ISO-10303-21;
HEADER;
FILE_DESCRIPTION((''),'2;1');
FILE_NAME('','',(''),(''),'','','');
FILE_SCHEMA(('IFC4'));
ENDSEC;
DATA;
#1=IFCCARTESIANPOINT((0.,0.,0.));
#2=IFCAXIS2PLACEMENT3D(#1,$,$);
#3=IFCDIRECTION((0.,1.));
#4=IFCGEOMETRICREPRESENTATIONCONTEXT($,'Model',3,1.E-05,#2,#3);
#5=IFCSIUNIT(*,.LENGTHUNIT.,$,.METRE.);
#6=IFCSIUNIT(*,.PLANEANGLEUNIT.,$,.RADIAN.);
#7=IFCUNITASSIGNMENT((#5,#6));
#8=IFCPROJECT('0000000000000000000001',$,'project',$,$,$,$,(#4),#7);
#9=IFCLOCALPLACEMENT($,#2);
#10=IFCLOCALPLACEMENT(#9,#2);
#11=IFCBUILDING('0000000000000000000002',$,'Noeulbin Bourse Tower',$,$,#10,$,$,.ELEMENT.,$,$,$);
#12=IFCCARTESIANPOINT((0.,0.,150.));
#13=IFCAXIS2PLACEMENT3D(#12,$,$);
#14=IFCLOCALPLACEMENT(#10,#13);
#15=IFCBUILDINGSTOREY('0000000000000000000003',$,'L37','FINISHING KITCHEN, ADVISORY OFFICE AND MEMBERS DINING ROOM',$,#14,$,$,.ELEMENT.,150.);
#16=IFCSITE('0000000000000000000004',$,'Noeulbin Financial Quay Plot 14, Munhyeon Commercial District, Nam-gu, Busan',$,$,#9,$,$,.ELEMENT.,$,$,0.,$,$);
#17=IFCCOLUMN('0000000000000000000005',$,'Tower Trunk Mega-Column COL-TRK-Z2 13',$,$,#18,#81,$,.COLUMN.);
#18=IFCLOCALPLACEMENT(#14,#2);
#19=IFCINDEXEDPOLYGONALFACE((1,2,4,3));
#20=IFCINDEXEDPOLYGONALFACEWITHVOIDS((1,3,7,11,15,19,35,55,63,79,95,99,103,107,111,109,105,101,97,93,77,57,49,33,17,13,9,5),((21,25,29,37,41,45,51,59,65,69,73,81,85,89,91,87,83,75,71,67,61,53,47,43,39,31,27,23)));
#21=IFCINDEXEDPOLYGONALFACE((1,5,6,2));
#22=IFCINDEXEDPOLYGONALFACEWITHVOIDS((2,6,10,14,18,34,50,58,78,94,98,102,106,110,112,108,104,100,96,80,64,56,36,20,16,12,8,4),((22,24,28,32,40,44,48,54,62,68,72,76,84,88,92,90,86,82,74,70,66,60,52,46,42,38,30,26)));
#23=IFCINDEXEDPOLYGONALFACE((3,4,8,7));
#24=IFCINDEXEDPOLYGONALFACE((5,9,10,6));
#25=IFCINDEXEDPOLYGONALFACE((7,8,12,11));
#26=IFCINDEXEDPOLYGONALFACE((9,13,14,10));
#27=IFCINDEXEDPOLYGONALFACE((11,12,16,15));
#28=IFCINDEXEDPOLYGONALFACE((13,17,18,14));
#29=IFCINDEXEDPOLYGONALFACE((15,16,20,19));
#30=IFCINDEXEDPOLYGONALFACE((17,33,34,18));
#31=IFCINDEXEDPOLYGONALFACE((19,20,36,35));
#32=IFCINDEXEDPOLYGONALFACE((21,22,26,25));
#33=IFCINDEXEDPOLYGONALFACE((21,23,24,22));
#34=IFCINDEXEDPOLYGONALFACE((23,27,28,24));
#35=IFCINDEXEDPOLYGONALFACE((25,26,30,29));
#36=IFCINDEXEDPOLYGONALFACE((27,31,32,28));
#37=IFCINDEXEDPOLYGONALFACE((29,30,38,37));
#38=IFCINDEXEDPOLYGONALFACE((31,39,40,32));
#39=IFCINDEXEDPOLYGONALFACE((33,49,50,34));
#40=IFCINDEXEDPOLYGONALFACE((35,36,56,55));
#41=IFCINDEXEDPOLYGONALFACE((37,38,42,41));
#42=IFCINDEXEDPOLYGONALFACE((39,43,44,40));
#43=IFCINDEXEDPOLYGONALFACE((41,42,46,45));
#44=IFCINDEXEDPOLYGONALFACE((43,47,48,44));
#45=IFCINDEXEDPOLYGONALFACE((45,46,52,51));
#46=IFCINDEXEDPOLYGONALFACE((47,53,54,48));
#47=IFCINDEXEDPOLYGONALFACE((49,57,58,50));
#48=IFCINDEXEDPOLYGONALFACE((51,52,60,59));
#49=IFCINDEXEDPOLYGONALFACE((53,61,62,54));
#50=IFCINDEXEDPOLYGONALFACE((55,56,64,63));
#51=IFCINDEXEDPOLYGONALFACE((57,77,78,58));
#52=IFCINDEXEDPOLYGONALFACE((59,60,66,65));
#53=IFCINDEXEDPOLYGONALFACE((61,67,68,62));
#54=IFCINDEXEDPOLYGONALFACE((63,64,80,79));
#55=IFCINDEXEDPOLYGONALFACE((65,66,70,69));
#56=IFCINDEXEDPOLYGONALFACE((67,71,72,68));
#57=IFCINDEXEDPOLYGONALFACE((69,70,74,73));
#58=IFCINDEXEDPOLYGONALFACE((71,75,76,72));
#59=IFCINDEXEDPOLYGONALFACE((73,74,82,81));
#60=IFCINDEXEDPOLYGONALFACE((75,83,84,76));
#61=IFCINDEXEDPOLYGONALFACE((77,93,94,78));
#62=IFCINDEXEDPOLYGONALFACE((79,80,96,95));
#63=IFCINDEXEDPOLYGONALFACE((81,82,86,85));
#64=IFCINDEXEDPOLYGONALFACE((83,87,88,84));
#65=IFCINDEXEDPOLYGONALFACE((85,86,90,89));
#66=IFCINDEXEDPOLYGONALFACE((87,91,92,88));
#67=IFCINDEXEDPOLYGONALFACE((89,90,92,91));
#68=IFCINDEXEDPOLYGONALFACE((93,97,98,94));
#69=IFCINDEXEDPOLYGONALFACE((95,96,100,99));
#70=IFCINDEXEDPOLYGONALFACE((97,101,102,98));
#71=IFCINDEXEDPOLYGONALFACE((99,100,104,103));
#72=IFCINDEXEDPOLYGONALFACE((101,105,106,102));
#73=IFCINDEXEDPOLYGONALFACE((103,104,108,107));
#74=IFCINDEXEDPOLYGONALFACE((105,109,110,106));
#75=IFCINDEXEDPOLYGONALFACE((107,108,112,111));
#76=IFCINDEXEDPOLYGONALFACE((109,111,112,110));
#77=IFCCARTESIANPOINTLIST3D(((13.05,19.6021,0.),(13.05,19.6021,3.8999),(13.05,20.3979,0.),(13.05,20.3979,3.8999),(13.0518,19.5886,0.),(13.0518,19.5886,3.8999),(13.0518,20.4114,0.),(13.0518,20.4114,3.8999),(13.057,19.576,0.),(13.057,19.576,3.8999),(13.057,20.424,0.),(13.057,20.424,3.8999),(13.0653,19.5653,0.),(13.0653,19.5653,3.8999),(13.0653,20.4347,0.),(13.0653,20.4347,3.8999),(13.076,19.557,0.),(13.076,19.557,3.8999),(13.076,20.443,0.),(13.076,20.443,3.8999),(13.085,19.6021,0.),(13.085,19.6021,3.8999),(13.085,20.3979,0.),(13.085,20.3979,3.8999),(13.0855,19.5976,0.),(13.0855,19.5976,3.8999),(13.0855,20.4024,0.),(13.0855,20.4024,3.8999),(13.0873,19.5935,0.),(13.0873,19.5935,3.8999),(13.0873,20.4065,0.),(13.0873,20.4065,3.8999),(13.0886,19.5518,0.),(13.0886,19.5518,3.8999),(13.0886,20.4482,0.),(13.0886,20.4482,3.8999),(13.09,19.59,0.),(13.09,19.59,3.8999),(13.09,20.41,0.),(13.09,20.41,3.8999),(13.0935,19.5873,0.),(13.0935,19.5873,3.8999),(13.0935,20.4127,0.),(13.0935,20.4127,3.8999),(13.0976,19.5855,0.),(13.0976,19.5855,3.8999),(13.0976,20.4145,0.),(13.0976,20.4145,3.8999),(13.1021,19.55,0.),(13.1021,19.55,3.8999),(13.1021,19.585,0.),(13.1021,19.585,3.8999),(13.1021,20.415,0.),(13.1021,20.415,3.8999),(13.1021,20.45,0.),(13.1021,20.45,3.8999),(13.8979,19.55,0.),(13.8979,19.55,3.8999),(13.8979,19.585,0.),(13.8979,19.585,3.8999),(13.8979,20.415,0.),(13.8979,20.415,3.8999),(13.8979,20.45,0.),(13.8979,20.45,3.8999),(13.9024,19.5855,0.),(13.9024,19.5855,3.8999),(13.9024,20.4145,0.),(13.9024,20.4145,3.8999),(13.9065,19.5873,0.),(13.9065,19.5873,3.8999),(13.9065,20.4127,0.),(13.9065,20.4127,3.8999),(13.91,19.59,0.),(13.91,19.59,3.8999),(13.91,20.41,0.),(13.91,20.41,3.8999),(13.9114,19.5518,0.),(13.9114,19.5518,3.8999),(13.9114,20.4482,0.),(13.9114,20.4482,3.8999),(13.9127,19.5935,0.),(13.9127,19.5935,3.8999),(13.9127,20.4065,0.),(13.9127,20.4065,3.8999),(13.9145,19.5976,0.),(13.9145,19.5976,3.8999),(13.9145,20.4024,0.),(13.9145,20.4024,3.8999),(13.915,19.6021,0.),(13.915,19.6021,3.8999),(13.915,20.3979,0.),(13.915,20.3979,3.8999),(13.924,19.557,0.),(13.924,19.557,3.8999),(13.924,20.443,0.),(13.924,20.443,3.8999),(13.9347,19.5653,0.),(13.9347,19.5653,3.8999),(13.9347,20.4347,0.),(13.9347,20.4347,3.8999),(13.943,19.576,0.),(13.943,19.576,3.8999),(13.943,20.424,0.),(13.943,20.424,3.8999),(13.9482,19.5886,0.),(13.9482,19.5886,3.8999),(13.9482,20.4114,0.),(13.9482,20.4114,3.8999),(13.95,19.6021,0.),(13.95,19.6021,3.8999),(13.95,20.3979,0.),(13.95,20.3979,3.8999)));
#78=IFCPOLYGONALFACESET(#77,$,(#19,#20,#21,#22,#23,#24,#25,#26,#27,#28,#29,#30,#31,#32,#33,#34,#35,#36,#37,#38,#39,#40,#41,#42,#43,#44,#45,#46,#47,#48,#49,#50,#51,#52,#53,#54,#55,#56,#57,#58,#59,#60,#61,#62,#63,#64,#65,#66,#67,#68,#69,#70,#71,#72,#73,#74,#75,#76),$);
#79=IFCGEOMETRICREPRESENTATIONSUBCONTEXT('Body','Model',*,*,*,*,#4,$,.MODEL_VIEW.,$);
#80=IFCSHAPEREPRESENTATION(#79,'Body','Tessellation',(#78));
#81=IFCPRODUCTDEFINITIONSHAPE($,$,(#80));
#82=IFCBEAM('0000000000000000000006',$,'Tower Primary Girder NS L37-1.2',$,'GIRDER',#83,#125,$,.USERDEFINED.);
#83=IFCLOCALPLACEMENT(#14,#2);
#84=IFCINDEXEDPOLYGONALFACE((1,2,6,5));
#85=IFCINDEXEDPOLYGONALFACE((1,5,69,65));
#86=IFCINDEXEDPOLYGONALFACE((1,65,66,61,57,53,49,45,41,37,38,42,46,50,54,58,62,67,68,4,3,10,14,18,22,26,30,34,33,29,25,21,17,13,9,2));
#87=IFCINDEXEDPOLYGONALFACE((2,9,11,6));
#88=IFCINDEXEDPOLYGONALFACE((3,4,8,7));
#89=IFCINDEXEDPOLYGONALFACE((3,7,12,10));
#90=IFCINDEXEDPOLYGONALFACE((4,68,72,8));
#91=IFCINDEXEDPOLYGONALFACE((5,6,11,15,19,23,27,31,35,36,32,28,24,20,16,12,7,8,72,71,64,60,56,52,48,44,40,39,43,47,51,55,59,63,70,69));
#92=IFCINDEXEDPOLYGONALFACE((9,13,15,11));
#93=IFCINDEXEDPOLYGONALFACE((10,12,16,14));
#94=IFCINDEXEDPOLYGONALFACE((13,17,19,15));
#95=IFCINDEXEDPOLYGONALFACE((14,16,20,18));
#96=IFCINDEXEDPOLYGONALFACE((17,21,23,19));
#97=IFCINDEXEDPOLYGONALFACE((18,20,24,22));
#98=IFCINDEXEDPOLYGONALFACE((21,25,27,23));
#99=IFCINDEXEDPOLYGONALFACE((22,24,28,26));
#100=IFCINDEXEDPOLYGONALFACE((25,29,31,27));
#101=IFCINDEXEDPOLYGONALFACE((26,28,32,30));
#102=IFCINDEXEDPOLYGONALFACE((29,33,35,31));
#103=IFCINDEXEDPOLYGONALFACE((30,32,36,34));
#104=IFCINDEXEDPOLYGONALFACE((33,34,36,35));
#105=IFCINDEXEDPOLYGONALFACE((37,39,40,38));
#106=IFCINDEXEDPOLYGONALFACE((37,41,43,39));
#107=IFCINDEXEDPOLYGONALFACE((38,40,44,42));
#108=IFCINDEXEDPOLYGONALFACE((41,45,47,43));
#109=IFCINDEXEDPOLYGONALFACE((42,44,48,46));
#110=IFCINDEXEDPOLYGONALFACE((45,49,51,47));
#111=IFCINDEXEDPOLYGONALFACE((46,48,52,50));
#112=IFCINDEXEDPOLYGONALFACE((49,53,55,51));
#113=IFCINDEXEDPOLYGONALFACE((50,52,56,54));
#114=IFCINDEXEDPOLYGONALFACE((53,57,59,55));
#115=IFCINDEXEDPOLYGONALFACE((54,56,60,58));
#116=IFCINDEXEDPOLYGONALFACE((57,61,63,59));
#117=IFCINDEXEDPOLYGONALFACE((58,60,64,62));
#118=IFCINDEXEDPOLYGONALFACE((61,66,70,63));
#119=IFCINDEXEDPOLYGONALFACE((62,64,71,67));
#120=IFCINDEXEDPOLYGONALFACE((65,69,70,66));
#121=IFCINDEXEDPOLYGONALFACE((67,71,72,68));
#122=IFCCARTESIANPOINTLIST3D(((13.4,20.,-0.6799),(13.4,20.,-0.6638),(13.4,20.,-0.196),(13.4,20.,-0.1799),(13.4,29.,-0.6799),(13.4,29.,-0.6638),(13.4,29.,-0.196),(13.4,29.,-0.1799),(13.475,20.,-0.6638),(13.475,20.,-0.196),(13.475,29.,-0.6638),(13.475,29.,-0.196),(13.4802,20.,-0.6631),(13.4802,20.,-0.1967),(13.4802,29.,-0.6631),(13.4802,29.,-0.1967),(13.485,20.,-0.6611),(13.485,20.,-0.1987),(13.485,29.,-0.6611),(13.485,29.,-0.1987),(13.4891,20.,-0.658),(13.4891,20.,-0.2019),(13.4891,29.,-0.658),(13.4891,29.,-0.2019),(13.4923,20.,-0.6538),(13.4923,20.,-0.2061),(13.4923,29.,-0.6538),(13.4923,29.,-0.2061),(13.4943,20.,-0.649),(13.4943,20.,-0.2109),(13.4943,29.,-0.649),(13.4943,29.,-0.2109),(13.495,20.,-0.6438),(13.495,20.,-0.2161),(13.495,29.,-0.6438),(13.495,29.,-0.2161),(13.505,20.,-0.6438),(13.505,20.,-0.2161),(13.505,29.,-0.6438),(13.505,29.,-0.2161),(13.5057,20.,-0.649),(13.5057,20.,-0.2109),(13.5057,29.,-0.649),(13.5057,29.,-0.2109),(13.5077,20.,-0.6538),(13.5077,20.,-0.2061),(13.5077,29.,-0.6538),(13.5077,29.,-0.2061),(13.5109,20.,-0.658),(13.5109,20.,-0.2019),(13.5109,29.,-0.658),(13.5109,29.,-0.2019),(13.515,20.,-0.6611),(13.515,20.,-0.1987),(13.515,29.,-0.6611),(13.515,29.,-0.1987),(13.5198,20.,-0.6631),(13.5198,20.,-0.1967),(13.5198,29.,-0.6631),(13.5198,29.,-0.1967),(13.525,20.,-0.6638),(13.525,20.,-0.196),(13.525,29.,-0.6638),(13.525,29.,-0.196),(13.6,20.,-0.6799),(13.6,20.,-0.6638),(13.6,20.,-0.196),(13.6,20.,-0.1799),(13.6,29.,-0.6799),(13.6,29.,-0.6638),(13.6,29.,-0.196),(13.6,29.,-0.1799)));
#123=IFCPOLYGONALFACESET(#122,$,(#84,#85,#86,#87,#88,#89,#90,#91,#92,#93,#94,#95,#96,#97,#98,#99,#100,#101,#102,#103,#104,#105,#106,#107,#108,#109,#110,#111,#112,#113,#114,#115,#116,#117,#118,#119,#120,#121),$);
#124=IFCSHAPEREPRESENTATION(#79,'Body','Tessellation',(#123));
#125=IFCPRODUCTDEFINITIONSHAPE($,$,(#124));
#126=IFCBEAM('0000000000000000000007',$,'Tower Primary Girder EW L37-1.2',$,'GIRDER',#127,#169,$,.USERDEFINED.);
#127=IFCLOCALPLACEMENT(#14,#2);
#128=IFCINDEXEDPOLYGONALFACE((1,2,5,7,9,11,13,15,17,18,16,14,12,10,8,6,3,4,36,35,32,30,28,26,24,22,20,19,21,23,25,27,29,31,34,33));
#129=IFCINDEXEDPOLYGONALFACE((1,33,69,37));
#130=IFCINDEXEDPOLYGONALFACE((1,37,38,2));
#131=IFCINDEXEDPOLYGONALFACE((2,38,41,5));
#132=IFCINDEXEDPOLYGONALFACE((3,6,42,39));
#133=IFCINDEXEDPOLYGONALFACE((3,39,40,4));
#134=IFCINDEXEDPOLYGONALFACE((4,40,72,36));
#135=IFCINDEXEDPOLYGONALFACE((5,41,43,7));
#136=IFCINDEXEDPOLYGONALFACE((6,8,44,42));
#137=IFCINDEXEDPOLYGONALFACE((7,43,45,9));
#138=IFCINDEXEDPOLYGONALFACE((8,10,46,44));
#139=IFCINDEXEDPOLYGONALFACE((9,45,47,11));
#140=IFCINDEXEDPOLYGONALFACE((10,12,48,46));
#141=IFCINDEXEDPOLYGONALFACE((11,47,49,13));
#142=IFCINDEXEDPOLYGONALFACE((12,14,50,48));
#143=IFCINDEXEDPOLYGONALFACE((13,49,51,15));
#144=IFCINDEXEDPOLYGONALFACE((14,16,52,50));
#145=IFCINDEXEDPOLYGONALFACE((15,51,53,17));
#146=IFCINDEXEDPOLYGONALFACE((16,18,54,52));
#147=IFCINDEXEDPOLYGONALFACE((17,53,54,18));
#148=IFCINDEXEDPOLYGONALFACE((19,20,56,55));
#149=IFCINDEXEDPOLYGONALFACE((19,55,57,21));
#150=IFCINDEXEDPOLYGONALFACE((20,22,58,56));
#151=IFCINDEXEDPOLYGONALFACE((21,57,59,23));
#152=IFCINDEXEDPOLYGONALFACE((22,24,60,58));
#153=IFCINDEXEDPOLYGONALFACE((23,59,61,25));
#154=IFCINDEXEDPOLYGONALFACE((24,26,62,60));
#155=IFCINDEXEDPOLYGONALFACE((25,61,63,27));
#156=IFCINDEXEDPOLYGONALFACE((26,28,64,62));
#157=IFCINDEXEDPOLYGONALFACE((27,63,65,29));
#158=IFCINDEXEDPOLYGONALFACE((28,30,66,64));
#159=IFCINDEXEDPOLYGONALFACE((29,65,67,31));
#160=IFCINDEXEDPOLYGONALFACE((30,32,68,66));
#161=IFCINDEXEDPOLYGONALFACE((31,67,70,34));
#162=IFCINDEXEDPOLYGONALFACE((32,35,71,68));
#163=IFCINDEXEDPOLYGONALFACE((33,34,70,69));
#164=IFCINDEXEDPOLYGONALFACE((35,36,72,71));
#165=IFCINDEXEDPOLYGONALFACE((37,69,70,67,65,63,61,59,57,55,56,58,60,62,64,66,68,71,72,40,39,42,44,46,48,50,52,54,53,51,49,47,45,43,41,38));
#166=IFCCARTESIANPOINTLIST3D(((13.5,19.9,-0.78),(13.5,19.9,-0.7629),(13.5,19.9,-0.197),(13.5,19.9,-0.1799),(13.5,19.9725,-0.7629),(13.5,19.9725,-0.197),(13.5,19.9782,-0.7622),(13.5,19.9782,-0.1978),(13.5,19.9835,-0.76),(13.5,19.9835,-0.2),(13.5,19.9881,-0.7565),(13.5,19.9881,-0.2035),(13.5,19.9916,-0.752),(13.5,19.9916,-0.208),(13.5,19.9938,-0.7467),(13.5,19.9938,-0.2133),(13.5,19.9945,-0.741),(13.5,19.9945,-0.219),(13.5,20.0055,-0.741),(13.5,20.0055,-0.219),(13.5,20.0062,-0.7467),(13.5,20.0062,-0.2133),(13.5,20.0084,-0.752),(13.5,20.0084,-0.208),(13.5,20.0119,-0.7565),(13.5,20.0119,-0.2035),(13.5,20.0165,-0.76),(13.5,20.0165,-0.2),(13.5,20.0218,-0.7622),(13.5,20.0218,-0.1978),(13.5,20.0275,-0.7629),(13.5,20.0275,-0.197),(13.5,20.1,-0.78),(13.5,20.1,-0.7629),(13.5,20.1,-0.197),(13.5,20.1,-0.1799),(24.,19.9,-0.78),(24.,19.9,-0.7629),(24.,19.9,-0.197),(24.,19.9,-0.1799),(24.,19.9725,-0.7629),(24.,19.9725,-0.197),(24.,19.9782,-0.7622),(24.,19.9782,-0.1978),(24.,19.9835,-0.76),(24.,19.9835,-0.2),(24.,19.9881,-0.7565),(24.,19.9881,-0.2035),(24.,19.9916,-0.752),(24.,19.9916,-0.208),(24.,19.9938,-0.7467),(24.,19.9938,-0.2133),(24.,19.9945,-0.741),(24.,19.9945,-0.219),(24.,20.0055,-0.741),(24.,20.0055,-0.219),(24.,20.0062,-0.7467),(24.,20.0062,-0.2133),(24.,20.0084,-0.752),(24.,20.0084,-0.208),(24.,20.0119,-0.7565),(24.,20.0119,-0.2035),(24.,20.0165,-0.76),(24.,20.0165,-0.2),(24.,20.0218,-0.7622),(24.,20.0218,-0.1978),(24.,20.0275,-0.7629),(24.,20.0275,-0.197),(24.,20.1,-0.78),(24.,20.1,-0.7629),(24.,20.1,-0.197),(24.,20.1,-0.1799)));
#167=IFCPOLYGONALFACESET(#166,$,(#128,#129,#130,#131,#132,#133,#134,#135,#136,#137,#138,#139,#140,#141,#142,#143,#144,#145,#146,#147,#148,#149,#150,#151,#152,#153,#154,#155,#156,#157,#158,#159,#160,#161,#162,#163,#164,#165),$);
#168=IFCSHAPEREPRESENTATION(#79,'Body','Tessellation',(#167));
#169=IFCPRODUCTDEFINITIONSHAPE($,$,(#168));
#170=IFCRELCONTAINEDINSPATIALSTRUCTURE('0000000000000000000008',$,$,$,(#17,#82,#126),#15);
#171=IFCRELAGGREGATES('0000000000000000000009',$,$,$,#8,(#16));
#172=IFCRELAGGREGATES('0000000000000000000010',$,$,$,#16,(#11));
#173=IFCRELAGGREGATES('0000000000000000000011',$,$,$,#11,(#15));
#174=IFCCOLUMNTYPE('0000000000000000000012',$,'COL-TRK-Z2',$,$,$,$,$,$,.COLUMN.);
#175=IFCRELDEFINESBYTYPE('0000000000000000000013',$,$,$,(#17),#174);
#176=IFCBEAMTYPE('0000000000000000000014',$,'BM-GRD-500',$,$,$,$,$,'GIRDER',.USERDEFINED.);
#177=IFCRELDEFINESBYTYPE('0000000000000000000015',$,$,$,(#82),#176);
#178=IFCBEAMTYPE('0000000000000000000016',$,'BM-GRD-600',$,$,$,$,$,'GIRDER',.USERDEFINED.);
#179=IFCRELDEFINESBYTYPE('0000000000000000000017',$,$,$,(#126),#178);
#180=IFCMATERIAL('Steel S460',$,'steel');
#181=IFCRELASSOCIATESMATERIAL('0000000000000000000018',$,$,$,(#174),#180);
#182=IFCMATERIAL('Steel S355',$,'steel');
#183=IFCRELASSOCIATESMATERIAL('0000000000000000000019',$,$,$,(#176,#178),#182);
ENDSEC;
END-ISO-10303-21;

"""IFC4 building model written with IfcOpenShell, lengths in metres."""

from ifc_helpers import new_model, si_unit, direction, frame, origin, origin_2d, place, context, subcontext, project, spatial, hollow_rectangle, i_section, extrude, material, material_profile, profile_set, type_object, element, save


model = new_model("IFC4")

# Units and contexts
model_context = context("Model", 3, precision=1e-05, world=origin(), true_north=direction((0.0, 1.0)))
body_context = subcontext(model_context, "Body", "Model", "MODEL_VIEW")
ifc_project = project(units=[si_unit("LENGTHUNIT", "METRE"), si_unit("PLANEANGLEUNIT", "RADIAN")], contexts=[model_context])

# Site, building, storey
site_placement = place(None, origin())
site = spatial("IfcSite", under=ifc_project, at=site_placement, Name="Noeulbin Financial Quay Plot 14, Munhyeon Commercial District, Nam-gu, Busan", CompositionType="ELEMENT", RefElevation=0.0)
building_placement = place(site_placement, origin())
building = spatial("IfcBuilding", under=site, at=building_placement, Name="Noeulbin Bourse Tower", CompositionType="ELEMENT")
storey_placement = place(building_placement, frame((0.0, 0.0, 150.0)))
storey = spatial("IfcBuildingStorey", under=building, at=storey_placement, Name="L37", Description="FINISHING KITCHEN, ADVISORY OFFICE AND MEMBERS DINING ROOM", CompositionType="ELEMENT", Elevation=150.0)

# Column
ifc_material_1 = material(Name="Steel S460", Category="steel")
ifc_material_profile_1 = material_profile(ifc_material_1, hollow_rectangle(XDim=0.8999, YDim=0.8999, WallThickness=0.0349, InnerFilletRadius=0.0171, OuterFilletRadius=0.052, at=origin_2d()), Name="BOX-900x900x35", Category="LoadBearing")
ifc_profile_set_1 = profile_set([ifc_material_profile_1], Name="Steel S460")
column_type = type_object("IfcColumnType", Name="COL-TRK-Z2", PredefinedType="COLUMN", material=ifc_profile_set_1)
column_placement = place(storey_placement, frame((13.5, 20.0, 0.0), z_axis=(0.0, 0.0, 1.0), x_axis=(1.0, 0.0, 0.0)))
element("IfcColumn", 1, at=column_placement, inside=storey, type_object=column_type, Name="Tower Trunk Mega-Column COL-TRK-Z2 13", PredefinedType="COLUMN", context=body_context, shape_type="SweptSolid", body=[
    extrude(hollow_rectangle(XDim=0.8999, YDim=0.8999, WallThickness=0.0349, InnerFilletRadius=0.0171, OuterFilletRadius=0.052, at=origin_2d()), origin(), (0.0, 0.0, 1.0), 3.8999),
])

# Beams
ifc_material_2 = material(Name="Steel S355", Category="steel")
ifc_material_profile_2 = material_profile(ifc_material_2, i_section(OverallWidth=0.2, OverallDepth=0.5, WebThickness=0.01, FlangeThickness=0.0161, FilletRadius=0.02, at=origin_2d()), Name="H-500x200x10x16", Category="LoadBearing")
ifc_profile_set_2 = profile_set([ifc_material_profile_2], Name="Steel S355")
beam_type_1 = type_object("IfcBeamType", Name="BM-GRD-500", ElementType="GIRDER", PredefinedType="USERDEFINED", material=ifc_profile_set_2)
beam_1_placement = place(storey_placement, frame((13.5, 20.0, -0.4299), z_axis=(0.0, 1.0, 0.0), x_axis=(-1.0, 0.0, 0.0)))
element("IfcBeam", 2, at=beam_1_placement, inside=storey, type_object=beam_type_1, Name="Tower Primary Girder NS L37-1.2", ObjectType="GIRDER", PredefinedType="USERDEFINED", context=body_context, shape_type="SweptSolid", body=[
    extrude(i_section(OverallWidth=0.2, OverallDepth=0.5, WebThickness=0.01, FlangeThickness=0.0161, FilletRadius=0.02, at=origin_2d()), origin(), (0.0, 0.0, 1.0), 9.0),
])
ifc_material_profile_3 = material_profile(ifc_material_2, i_section(OverallWidth=0.2, OverallDepth=0.6001, WebThickness=0.011, FlangeThickness=0.0171, FilletRadius=0.022, at=origin_2d()), Name="H-600x200x11x17", Category="LoadBearing")
ifc_profile_set_3 = profile_set([ifc_material_profile_3], Name="Steel S355")
beam_type_2 = type_object("IfcBeamType", Name="BM-GRD-600", ElementType="GIRDER", PredefinedType="USERDEFINED", material=ifc_profile_set_3)
beam_2_placement = place(storey_placement, frame((13.5, 20.0, -0.48), z_axis=(1.0, 0.0, 0.0), x_axis=(0.0, 1.0, 0.0)))
element("IfcBeam", 3, at=beam_2_placement, inside=storey, type_object=beam_type_2, Name="Tower Primary Girder EW L37-1.2", ObjectType="GIRDER", PredefinedType="USERDEFINED", context=body_context, shape_type="SweptSolid", body=[
    extrude(i_section(OverallWidth=0.2, OverallDepth=0.6001, WebThickness=0.011, FlangeThickness=0.0171, FilletRadius=0.022, at=origin_2d()), origin(), (0.0, 0.0, 1.0), 10.5),
])

save(model, "model.ifc")
